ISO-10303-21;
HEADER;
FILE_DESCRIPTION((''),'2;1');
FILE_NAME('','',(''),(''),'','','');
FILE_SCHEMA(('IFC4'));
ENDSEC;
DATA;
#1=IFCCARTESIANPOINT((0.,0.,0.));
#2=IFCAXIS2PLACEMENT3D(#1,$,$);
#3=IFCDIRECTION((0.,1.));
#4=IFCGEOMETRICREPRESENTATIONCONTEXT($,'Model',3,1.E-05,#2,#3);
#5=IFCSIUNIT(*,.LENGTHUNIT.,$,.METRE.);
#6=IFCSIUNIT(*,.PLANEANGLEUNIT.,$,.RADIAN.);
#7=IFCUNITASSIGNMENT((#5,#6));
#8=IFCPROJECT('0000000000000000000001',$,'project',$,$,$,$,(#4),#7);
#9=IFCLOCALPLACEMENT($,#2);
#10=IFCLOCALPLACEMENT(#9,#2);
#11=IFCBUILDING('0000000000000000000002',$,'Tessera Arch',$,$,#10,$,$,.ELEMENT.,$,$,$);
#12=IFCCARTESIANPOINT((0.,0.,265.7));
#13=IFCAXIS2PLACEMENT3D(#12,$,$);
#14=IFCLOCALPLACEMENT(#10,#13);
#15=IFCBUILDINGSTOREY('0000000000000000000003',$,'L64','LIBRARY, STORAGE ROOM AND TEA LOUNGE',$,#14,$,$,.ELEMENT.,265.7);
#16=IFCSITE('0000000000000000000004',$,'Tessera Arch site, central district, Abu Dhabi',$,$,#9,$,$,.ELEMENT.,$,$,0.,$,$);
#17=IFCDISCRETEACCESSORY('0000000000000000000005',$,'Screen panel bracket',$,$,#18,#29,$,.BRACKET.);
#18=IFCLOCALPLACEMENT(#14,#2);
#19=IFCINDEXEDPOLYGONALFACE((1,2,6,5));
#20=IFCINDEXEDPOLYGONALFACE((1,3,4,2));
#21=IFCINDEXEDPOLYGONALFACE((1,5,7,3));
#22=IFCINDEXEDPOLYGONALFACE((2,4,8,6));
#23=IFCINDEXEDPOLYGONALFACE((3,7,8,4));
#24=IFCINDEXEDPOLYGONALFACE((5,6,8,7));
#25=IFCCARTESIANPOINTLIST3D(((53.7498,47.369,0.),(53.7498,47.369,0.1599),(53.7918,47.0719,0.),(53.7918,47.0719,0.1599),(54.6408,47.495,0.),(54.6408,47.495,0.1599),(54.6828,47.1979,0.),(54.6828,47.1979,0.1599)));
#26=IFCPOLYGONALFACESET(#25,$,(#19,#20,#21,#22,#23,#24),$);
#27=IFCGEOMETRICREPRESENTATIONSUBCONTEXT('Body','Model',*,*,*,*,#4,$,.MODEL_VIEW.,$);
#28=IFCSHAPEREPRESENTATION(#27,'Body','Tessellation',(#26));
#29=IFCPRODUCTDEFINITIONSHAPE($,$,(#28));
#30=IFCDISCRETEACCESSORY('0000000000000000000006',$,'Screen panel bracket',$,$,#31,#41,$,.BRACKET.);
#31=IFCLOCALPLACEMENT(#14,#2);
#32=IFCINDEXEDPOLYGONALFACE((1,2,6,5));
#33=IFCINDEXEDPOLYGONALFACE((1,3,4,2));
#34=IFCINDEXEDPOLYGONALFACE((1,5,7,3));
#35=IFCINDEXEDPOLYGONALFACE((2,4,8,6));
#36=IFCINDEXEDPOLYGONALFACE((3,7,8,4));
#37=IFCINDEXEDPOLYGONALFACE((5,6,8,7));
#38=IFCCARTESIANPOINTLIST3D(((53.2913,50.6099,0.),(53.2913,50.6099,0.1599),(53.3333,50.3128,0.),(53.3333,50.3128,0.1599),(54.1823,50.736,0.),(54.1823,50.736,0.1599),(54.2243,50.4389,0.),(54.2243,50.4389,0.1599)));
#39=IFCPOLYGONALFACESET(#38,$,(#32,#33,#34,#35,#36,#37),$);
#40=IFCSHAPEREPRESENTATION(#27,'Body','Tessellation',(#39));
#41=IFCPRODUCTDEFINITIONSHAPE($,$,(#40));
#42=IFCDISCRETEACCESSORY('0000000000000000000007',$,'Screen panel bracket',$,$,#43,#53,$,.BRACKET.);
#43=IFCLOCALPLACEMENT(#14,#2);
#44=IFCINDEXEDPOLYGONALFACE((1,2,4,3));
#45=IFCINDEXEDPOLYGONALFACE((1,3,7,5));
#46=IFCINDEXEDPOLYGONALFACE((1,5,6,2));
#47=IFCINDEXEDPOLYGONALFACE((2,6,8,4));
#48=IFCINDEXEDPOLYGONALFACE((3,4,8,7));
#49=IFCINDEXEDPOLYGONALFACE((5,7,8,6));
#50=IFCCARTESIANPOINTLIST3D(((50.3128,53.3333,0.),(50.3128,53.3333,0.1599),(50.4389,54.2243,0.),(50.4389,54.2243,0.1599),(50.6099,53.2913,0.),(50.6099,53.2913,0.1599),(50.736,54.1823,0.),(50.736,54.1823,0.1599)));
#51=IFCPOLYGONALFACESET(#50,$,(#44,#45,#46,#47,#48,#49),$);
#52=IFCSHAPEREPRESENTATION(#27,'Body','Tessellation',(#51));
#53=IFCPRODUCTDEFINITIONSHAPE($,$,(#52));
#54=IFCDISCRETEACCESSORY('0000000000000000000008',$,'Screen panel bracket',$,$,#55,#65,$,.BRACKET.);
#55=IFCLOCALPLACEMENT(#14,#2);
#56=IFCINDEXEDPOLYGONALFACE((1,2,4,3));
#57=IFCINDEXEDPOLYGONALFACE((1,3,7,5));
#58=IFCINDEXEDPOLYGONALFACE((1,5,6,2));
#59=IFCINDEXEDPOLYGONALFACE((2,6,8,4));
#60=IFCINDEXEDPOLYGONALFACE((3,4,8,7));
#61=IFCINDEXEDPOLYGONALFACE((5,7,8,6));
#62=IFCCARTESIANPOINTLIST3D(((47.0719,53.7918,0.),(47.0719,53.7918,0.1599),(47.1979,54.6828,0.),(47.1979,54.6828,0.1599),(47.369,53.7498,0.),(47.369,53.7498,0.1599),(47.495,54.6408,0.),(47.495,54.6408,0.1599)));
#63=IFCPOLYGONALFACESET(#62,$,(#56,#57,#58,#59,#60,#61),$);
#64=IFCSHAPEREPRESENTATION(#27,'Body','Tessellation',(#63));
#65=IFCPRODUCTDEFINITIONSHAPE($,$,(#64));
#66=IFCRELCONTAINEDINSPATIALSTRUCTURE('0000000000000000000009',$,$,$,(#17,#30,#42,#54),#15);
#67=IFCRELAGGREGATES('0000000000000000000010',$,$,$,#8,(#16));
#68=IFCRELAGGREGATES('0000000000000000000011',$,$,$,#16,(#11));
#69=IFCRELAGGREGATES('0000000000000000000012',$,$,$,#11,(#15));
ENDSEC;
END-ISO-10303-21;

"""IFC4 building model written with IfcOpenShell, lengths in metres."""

from ifc_helpers import new_model, si_unit, direction, frame, origin, origin_2d, place, context, subcontext, project, spatial, rectangle, extrude, element, save


model = new_model("IFC4")

# Units and contexts
model_context = context("Model", 3, precision=1e-05, world=origin(), true_north=direction((0.0, 1.0)))
body_context = subcontext(model_context, "Body", "Model", "MODEL_VIEW")
ifc_project = project(units=[si_unit("LENGTHUNIT", "METRE"), si_unit("PLANEANGLEUNIT", "RADIAN")], contexts=[model_context])

# Site, building, storey
site_placement = place(None, origin())
site = spatial("IfcSite", under=ifc_project, at=site_placement, Name="Tessera Arch site, central district, Abu Dhabi", CompositionType="ELEMENT", RefElevation=0.0)
building_placement = place(site_placement, origin())
building = spatial("IfcBuilding", under=site, at=building_placement, Name="Tessera Arch", CompositionType="ELEMENT")
storey_placement = place(building_placement, frame((0.0, 0.0, 265.7)))
storey = spatial("IfcBuildingStorey", under=building, at=storey_placement, Name="L64", Description="LIBRARY, STORAGE ROOM AND TEA LOUNGE", CompositionType="ELEMENT", Elevation=265.7)

# Discrete accessories
for number, where, z_axis, x_axis, name in (
    (1, (54.2163, 47.2834, 0.0), (0.0, 0.0, 1.0), (0.990139, 0.140089, 0.0), "Screen panel bracket"),
    (2, (53.7578, 50.5244, 0.0), (0.0, 0.0, 1.0), (0.990139, 0.140089, 0.0), "Screen panel bracket"),
    (3, (50.5244, 53.7578, 0.0), (0.0, 0.0, 1.0), (0.140089, 0.990139, 0.0), "Screen panel bracket"),
    (4, (47.2834, 54.2163, 0.0), (0.0, 0.0, 1.0), (0.140089, 0.990139, 0.0), "Screen panel bracket"),
):
    element("IfcDiscreteAccessory", number, at=place(storey_placement, frame(where, z_axis=z_axis, x_axis=x_axis)), inside=storey, Name=name, PredefinedType="BRACKET", context=body_context, shape_type="SweptSolid", body=[
        extrude(rectangle(XDim=0.8999, YDim=0.3, at=origin_2d()), origin(), (0.0, 0.0, 1.0), 0.1599),
    ])

save(model, "model.ifc")
